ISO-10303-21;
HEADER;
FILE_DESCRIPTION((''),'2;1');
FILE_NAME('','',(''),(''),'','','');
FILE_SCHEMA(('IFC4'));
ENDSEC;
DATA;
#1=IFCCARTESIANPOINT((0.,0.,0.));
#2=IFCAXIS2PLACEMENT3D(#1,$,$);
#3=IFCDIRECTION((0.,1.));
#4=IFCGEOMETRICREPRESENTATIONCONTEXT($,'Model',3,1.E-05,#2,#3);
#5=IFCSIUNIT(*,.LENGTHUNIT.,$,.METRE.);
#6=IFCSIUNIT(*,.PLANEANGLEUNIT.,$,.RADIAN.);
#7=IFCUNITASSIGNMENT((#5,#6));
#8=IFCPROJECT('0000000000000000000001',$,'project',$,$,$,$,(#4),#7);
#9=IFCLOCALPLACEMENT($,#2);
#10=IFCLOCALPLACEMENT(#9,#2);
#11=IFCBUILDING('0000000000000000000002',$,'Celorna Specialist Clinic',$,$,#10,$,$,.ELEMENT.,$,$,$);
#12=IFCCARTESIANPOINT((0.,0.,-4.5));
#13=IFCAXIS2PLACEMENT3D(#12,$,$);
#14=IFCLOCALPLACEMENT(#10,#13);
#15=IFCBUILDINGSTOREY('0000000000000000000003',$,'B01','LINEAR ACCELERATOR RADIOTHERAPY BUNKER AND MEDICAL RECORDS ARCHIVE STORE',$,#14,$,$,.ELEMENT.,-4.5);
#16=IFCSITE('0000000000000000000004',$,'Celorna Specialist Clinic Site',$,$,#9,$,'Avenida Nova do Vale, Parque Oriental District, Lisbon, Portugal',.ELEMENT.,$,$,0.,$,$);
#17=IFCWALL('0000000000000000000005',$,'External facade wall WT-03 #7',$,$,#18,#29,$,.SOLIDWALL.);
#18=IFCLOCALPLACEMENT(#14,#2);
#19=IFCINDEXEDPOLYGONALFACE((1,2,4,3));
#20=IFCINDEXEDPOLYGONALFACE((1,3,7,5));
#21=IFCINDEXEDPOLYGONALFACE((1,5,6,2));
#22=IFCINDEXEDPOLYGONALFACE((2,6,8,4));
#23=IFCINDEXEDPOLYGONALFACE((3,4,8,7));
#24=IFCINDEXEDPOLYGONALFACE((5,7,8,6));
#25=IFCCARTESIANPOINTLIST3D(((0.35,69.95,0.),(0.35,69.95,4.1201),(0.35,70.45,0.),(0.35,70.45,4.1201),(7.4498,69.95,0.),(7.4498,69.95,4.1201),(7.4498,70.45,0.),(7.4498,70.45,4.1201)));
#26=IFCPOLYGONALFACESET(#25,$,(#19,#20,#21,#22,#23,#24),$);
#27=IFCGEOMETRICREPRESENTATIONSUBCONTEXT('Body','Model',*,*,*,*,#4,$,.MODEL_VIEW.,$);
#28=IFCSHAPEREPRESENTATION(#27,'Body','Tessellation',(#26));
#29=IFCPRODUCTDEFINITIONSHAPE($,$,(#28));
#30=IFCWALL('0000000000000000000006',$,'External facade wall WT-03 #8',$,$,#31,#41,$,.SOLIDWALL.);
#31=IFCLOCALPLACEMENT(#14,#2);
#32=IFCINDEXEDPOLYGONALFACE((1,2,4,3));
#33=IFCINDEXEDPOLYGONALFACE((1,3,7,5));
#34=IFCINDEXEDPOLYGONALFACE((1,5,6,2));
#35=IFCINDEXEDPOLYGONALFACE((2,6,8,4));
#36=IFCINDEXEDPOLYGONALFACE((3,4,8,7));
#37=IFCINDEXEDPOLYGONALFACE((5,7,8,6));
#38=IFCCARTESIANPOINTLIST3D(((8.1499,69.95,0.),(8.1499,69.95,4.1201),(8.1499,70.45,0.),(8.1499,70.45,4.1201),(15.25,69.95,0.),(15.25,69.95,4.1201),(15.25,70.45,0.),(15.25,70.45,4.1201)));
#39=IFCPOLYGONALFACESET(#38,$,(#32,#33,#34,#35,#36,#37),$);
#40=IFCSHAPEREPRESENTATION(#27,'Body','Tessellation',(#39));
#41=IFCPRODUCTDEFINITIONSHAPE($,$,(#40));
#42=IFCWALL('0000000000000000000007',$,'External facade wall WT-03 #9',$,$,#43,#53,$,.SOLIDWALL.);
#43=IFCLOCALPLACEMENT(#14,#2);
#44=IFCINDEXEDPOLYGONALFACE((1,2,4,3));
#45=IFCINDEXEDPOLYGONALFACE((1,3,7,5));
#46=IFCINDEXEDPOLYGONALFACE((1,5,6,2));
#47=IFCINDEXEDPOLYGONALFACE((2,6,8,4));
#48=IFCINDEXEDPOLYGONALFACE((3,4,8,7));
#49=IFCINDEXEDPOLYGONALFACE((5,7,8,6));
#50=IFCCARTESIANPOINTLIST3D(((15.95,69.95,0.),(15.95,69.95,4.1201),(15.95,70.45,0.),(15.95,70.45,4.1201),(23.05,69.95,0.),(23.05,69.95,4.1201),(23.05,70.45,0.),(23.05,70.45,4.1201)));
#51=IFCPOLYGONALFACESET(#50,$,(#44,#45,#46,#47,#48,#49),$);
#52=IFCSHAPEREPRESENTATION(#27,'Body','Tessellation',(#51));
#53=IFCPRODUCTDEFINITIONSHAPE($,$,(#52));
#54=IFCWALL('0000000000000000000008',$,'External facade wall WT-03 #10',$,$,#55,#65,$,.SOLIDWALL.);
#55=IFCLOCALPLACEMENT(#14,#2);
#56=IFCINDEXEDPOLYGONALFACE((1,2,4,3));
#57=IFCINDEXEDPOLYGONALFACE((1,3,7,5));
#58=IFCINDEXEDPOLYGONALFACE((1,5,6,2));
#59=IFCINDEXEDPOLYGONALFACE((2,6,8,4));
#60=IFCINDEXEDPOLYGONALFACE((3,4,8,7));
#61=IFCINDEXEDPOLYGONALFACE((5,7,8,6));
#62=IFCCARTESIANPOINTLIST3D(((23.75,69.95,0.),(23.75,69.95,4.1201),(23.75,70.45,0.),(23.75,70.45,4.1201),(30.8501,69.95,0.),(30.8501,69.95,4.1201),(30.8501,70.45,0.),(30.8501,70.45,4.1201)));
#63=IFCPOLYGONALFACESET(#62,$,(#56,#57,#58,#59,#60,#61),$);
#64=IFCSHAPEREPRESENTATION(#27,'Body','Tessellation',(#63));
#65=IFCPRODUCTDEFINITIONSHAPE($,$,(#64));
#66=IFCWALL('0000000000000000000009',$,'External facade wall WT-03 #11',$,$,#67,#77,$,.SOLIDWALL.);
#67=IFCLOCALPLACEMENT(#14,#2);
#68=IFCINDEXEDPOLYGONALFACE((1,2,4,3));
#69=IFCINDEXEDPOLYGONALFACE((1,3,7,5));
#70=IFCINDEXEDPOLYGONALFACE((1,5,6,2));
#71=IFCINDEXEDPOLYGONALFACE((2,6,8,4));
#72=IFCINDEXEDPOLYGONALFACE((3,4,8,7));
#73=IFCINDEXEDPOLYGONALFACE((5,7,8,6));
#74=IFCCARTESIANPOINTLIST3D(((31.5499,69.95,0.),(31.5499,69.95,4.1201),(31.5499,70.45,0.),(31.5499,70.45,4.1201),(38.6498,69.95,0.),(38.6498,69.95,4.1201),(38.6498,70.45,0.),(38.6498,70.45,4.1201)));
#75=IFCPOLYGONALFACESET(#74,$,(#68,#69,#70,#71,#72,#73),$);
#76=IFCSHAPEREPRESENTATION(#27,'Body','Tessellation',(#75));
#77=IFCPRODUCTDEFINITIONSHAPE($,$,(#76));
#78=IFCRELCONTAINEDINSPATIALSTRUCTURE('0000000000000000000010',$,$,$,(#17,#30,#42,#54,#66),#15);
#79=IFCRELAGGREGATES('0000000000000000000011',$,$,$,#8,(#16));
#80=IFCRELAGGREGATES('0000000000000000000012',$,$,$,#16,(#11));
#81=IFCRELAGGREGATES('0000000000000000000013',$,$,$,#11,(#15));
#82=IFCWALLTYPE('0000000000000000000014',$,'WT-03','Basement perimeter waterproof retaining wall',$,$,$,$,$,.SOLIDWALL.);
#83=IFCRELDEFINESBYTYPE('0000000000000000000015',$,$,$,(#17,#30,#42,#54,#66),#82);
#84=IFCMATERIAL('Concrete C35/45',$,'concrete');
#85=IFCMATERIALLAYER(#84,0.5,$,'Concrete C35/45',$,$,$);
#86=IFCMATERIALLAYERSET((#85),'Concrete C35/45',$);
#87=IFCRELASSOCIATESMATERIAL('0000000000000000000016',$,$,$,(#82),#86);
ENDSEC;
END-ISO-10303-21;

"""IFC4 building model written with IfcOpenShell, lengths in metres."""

from ifc_helpers import new_model, si_unit, direction, frame, frame_2d, origin, place, context, subcontext, project, spatial, rectangle, extrude, material, layer, layer_set, type_object, element, save


model = new_model("IFC4")

# Units and contexts
model_context = context("Model", 3, precision=1e-05, world=origin(), true_north=direction((0.0, 1.0)))
body_context = subcontext(model_context, "Body", "Model", "MODEL_VIEW")
ifc_project = project(units=[si_unit("LENGTHUNIT", "METRE"), si_unit("PLANEANGLEUNIT", "RADIAN")], contexts=[model_context])

# Site, building, storey
site_placement = place(None, origin())
site = spatial("IfcSite", under=ifc_project, at=site_placement, Name="Celorna Specialist Clinic Site", LongName="Avenida Nova do Vale, Parque Oriental District, Lisbon, Portugal", CompositionType="ELEMENT", RefElevation=0.0)
building_placement = place(site_placement, origin())
building = spatial("IfcBuilding", under=site, at=building_placement, Name="Celorna Specialist Clinic", CompositionType="ELEMENT")
storey_placement = place(building_placement, frame((0.0, 0.0, -4.5)))
storey = spatial("IfcBuildingStorey", under=building, at=storey_placement, Name="B01", Description="LINEAR ACCELERATOR RADIOTHERAPY BUNKER AND MEDICAL RECORDS ARCHIVE STORE", CompositionType="ELEMENT", Elevation=-4.5)

# Shared definitions
ifc_material_1 = material(Name="Concrete C35/45", Category="concrete")

# Walls
ifc_layer = layer(ifc_material_1, 0.5, Name="Concrete C35/45")
ifc_layer_set = layer_set([ifc_layer], Name="Concrete C35/45")
wall_type = type_object("IfcWallType", Name="WT-03", Description="Basement perimeter waterproof retaining wall", PredefinedType="SOLIDWALL", material=ifc_layer_set)
wall_1_placement = place(storey_placement, frame((0.3501, 70.2, 0.0), z_axis=(0.0, 0.0, 1.0), x_axis=(1.0, 0.0, 0.0)))
element("IfcWall", 1, at=wall_1_placement, inside=storey, type_object=wall_type, Name="External facade wall WT-03 #7", PredefinedType="SOLIDWALL", context=body_context, shape_type="SweptSolid", body=[
    extrude(rectangle(XDim=7.0999, YDim=0.5, at=frame_2d((3.5498, 0.0))), origin(), (0.0, 0.0, 1.0), 4.1201),
])
for number, where, z_axis, x_axis, name in (
    (2, (8.1499, 70.2, 0.0), (0.0, 0.0, 1.0), (1.0, 0.0, 0.0), "External facade wall WT-03 #8"),
    (3, (15.95, 70.2, 0.0), (0.0, 0.0, 1.0), (1.0, 0.0, 0.0), "External facade wall WT-03 #9"),
    (4, (23.75, 70.2, 0.0), (0.0, 0.0, 1.0), (1.0, 0.0, 0.0), "External facade wall WT-03 #10"),
):
    element("IfcWall", number, at=place(storey_placement, frame(where, z_axis=z_axis, x_axis=x_axis)), inside=storey, type_object=wall_type, Name=name, PredefinedType="SOLIDWALL", context=body_context, shape_type="SweptSolid", body=[
        extrude(rectangle(XDim=7.1001, YDim=0.5, at=frame_2d((3.55, 0.0))), origin(), (0.0, 0.0, 1.0), 4.1201),
    ])
wall_2_placement = place(storey_placement, frame((31.55, 70.2, 0.0), z_axis=(0.0, 0.0, 1.0), x_axis=(1.0, 0.0, 0.0)))
element("IfcWall", 5, at=wall_2_placement, inside=storey, type_object=wall_type, Name="External facade wall WT-03 #11", PredefinedType="SOLIDWALL", context=body_context, shape_type="SweptSolid", body=[
    extrude(rectangle(XDim=7.0999, YDim=0.5, at=frame_2d((3.5498, 0.0))), origin(), (0.0, 0.0, 1.0), 4.1201),
])

save(model, "model.ifc")
